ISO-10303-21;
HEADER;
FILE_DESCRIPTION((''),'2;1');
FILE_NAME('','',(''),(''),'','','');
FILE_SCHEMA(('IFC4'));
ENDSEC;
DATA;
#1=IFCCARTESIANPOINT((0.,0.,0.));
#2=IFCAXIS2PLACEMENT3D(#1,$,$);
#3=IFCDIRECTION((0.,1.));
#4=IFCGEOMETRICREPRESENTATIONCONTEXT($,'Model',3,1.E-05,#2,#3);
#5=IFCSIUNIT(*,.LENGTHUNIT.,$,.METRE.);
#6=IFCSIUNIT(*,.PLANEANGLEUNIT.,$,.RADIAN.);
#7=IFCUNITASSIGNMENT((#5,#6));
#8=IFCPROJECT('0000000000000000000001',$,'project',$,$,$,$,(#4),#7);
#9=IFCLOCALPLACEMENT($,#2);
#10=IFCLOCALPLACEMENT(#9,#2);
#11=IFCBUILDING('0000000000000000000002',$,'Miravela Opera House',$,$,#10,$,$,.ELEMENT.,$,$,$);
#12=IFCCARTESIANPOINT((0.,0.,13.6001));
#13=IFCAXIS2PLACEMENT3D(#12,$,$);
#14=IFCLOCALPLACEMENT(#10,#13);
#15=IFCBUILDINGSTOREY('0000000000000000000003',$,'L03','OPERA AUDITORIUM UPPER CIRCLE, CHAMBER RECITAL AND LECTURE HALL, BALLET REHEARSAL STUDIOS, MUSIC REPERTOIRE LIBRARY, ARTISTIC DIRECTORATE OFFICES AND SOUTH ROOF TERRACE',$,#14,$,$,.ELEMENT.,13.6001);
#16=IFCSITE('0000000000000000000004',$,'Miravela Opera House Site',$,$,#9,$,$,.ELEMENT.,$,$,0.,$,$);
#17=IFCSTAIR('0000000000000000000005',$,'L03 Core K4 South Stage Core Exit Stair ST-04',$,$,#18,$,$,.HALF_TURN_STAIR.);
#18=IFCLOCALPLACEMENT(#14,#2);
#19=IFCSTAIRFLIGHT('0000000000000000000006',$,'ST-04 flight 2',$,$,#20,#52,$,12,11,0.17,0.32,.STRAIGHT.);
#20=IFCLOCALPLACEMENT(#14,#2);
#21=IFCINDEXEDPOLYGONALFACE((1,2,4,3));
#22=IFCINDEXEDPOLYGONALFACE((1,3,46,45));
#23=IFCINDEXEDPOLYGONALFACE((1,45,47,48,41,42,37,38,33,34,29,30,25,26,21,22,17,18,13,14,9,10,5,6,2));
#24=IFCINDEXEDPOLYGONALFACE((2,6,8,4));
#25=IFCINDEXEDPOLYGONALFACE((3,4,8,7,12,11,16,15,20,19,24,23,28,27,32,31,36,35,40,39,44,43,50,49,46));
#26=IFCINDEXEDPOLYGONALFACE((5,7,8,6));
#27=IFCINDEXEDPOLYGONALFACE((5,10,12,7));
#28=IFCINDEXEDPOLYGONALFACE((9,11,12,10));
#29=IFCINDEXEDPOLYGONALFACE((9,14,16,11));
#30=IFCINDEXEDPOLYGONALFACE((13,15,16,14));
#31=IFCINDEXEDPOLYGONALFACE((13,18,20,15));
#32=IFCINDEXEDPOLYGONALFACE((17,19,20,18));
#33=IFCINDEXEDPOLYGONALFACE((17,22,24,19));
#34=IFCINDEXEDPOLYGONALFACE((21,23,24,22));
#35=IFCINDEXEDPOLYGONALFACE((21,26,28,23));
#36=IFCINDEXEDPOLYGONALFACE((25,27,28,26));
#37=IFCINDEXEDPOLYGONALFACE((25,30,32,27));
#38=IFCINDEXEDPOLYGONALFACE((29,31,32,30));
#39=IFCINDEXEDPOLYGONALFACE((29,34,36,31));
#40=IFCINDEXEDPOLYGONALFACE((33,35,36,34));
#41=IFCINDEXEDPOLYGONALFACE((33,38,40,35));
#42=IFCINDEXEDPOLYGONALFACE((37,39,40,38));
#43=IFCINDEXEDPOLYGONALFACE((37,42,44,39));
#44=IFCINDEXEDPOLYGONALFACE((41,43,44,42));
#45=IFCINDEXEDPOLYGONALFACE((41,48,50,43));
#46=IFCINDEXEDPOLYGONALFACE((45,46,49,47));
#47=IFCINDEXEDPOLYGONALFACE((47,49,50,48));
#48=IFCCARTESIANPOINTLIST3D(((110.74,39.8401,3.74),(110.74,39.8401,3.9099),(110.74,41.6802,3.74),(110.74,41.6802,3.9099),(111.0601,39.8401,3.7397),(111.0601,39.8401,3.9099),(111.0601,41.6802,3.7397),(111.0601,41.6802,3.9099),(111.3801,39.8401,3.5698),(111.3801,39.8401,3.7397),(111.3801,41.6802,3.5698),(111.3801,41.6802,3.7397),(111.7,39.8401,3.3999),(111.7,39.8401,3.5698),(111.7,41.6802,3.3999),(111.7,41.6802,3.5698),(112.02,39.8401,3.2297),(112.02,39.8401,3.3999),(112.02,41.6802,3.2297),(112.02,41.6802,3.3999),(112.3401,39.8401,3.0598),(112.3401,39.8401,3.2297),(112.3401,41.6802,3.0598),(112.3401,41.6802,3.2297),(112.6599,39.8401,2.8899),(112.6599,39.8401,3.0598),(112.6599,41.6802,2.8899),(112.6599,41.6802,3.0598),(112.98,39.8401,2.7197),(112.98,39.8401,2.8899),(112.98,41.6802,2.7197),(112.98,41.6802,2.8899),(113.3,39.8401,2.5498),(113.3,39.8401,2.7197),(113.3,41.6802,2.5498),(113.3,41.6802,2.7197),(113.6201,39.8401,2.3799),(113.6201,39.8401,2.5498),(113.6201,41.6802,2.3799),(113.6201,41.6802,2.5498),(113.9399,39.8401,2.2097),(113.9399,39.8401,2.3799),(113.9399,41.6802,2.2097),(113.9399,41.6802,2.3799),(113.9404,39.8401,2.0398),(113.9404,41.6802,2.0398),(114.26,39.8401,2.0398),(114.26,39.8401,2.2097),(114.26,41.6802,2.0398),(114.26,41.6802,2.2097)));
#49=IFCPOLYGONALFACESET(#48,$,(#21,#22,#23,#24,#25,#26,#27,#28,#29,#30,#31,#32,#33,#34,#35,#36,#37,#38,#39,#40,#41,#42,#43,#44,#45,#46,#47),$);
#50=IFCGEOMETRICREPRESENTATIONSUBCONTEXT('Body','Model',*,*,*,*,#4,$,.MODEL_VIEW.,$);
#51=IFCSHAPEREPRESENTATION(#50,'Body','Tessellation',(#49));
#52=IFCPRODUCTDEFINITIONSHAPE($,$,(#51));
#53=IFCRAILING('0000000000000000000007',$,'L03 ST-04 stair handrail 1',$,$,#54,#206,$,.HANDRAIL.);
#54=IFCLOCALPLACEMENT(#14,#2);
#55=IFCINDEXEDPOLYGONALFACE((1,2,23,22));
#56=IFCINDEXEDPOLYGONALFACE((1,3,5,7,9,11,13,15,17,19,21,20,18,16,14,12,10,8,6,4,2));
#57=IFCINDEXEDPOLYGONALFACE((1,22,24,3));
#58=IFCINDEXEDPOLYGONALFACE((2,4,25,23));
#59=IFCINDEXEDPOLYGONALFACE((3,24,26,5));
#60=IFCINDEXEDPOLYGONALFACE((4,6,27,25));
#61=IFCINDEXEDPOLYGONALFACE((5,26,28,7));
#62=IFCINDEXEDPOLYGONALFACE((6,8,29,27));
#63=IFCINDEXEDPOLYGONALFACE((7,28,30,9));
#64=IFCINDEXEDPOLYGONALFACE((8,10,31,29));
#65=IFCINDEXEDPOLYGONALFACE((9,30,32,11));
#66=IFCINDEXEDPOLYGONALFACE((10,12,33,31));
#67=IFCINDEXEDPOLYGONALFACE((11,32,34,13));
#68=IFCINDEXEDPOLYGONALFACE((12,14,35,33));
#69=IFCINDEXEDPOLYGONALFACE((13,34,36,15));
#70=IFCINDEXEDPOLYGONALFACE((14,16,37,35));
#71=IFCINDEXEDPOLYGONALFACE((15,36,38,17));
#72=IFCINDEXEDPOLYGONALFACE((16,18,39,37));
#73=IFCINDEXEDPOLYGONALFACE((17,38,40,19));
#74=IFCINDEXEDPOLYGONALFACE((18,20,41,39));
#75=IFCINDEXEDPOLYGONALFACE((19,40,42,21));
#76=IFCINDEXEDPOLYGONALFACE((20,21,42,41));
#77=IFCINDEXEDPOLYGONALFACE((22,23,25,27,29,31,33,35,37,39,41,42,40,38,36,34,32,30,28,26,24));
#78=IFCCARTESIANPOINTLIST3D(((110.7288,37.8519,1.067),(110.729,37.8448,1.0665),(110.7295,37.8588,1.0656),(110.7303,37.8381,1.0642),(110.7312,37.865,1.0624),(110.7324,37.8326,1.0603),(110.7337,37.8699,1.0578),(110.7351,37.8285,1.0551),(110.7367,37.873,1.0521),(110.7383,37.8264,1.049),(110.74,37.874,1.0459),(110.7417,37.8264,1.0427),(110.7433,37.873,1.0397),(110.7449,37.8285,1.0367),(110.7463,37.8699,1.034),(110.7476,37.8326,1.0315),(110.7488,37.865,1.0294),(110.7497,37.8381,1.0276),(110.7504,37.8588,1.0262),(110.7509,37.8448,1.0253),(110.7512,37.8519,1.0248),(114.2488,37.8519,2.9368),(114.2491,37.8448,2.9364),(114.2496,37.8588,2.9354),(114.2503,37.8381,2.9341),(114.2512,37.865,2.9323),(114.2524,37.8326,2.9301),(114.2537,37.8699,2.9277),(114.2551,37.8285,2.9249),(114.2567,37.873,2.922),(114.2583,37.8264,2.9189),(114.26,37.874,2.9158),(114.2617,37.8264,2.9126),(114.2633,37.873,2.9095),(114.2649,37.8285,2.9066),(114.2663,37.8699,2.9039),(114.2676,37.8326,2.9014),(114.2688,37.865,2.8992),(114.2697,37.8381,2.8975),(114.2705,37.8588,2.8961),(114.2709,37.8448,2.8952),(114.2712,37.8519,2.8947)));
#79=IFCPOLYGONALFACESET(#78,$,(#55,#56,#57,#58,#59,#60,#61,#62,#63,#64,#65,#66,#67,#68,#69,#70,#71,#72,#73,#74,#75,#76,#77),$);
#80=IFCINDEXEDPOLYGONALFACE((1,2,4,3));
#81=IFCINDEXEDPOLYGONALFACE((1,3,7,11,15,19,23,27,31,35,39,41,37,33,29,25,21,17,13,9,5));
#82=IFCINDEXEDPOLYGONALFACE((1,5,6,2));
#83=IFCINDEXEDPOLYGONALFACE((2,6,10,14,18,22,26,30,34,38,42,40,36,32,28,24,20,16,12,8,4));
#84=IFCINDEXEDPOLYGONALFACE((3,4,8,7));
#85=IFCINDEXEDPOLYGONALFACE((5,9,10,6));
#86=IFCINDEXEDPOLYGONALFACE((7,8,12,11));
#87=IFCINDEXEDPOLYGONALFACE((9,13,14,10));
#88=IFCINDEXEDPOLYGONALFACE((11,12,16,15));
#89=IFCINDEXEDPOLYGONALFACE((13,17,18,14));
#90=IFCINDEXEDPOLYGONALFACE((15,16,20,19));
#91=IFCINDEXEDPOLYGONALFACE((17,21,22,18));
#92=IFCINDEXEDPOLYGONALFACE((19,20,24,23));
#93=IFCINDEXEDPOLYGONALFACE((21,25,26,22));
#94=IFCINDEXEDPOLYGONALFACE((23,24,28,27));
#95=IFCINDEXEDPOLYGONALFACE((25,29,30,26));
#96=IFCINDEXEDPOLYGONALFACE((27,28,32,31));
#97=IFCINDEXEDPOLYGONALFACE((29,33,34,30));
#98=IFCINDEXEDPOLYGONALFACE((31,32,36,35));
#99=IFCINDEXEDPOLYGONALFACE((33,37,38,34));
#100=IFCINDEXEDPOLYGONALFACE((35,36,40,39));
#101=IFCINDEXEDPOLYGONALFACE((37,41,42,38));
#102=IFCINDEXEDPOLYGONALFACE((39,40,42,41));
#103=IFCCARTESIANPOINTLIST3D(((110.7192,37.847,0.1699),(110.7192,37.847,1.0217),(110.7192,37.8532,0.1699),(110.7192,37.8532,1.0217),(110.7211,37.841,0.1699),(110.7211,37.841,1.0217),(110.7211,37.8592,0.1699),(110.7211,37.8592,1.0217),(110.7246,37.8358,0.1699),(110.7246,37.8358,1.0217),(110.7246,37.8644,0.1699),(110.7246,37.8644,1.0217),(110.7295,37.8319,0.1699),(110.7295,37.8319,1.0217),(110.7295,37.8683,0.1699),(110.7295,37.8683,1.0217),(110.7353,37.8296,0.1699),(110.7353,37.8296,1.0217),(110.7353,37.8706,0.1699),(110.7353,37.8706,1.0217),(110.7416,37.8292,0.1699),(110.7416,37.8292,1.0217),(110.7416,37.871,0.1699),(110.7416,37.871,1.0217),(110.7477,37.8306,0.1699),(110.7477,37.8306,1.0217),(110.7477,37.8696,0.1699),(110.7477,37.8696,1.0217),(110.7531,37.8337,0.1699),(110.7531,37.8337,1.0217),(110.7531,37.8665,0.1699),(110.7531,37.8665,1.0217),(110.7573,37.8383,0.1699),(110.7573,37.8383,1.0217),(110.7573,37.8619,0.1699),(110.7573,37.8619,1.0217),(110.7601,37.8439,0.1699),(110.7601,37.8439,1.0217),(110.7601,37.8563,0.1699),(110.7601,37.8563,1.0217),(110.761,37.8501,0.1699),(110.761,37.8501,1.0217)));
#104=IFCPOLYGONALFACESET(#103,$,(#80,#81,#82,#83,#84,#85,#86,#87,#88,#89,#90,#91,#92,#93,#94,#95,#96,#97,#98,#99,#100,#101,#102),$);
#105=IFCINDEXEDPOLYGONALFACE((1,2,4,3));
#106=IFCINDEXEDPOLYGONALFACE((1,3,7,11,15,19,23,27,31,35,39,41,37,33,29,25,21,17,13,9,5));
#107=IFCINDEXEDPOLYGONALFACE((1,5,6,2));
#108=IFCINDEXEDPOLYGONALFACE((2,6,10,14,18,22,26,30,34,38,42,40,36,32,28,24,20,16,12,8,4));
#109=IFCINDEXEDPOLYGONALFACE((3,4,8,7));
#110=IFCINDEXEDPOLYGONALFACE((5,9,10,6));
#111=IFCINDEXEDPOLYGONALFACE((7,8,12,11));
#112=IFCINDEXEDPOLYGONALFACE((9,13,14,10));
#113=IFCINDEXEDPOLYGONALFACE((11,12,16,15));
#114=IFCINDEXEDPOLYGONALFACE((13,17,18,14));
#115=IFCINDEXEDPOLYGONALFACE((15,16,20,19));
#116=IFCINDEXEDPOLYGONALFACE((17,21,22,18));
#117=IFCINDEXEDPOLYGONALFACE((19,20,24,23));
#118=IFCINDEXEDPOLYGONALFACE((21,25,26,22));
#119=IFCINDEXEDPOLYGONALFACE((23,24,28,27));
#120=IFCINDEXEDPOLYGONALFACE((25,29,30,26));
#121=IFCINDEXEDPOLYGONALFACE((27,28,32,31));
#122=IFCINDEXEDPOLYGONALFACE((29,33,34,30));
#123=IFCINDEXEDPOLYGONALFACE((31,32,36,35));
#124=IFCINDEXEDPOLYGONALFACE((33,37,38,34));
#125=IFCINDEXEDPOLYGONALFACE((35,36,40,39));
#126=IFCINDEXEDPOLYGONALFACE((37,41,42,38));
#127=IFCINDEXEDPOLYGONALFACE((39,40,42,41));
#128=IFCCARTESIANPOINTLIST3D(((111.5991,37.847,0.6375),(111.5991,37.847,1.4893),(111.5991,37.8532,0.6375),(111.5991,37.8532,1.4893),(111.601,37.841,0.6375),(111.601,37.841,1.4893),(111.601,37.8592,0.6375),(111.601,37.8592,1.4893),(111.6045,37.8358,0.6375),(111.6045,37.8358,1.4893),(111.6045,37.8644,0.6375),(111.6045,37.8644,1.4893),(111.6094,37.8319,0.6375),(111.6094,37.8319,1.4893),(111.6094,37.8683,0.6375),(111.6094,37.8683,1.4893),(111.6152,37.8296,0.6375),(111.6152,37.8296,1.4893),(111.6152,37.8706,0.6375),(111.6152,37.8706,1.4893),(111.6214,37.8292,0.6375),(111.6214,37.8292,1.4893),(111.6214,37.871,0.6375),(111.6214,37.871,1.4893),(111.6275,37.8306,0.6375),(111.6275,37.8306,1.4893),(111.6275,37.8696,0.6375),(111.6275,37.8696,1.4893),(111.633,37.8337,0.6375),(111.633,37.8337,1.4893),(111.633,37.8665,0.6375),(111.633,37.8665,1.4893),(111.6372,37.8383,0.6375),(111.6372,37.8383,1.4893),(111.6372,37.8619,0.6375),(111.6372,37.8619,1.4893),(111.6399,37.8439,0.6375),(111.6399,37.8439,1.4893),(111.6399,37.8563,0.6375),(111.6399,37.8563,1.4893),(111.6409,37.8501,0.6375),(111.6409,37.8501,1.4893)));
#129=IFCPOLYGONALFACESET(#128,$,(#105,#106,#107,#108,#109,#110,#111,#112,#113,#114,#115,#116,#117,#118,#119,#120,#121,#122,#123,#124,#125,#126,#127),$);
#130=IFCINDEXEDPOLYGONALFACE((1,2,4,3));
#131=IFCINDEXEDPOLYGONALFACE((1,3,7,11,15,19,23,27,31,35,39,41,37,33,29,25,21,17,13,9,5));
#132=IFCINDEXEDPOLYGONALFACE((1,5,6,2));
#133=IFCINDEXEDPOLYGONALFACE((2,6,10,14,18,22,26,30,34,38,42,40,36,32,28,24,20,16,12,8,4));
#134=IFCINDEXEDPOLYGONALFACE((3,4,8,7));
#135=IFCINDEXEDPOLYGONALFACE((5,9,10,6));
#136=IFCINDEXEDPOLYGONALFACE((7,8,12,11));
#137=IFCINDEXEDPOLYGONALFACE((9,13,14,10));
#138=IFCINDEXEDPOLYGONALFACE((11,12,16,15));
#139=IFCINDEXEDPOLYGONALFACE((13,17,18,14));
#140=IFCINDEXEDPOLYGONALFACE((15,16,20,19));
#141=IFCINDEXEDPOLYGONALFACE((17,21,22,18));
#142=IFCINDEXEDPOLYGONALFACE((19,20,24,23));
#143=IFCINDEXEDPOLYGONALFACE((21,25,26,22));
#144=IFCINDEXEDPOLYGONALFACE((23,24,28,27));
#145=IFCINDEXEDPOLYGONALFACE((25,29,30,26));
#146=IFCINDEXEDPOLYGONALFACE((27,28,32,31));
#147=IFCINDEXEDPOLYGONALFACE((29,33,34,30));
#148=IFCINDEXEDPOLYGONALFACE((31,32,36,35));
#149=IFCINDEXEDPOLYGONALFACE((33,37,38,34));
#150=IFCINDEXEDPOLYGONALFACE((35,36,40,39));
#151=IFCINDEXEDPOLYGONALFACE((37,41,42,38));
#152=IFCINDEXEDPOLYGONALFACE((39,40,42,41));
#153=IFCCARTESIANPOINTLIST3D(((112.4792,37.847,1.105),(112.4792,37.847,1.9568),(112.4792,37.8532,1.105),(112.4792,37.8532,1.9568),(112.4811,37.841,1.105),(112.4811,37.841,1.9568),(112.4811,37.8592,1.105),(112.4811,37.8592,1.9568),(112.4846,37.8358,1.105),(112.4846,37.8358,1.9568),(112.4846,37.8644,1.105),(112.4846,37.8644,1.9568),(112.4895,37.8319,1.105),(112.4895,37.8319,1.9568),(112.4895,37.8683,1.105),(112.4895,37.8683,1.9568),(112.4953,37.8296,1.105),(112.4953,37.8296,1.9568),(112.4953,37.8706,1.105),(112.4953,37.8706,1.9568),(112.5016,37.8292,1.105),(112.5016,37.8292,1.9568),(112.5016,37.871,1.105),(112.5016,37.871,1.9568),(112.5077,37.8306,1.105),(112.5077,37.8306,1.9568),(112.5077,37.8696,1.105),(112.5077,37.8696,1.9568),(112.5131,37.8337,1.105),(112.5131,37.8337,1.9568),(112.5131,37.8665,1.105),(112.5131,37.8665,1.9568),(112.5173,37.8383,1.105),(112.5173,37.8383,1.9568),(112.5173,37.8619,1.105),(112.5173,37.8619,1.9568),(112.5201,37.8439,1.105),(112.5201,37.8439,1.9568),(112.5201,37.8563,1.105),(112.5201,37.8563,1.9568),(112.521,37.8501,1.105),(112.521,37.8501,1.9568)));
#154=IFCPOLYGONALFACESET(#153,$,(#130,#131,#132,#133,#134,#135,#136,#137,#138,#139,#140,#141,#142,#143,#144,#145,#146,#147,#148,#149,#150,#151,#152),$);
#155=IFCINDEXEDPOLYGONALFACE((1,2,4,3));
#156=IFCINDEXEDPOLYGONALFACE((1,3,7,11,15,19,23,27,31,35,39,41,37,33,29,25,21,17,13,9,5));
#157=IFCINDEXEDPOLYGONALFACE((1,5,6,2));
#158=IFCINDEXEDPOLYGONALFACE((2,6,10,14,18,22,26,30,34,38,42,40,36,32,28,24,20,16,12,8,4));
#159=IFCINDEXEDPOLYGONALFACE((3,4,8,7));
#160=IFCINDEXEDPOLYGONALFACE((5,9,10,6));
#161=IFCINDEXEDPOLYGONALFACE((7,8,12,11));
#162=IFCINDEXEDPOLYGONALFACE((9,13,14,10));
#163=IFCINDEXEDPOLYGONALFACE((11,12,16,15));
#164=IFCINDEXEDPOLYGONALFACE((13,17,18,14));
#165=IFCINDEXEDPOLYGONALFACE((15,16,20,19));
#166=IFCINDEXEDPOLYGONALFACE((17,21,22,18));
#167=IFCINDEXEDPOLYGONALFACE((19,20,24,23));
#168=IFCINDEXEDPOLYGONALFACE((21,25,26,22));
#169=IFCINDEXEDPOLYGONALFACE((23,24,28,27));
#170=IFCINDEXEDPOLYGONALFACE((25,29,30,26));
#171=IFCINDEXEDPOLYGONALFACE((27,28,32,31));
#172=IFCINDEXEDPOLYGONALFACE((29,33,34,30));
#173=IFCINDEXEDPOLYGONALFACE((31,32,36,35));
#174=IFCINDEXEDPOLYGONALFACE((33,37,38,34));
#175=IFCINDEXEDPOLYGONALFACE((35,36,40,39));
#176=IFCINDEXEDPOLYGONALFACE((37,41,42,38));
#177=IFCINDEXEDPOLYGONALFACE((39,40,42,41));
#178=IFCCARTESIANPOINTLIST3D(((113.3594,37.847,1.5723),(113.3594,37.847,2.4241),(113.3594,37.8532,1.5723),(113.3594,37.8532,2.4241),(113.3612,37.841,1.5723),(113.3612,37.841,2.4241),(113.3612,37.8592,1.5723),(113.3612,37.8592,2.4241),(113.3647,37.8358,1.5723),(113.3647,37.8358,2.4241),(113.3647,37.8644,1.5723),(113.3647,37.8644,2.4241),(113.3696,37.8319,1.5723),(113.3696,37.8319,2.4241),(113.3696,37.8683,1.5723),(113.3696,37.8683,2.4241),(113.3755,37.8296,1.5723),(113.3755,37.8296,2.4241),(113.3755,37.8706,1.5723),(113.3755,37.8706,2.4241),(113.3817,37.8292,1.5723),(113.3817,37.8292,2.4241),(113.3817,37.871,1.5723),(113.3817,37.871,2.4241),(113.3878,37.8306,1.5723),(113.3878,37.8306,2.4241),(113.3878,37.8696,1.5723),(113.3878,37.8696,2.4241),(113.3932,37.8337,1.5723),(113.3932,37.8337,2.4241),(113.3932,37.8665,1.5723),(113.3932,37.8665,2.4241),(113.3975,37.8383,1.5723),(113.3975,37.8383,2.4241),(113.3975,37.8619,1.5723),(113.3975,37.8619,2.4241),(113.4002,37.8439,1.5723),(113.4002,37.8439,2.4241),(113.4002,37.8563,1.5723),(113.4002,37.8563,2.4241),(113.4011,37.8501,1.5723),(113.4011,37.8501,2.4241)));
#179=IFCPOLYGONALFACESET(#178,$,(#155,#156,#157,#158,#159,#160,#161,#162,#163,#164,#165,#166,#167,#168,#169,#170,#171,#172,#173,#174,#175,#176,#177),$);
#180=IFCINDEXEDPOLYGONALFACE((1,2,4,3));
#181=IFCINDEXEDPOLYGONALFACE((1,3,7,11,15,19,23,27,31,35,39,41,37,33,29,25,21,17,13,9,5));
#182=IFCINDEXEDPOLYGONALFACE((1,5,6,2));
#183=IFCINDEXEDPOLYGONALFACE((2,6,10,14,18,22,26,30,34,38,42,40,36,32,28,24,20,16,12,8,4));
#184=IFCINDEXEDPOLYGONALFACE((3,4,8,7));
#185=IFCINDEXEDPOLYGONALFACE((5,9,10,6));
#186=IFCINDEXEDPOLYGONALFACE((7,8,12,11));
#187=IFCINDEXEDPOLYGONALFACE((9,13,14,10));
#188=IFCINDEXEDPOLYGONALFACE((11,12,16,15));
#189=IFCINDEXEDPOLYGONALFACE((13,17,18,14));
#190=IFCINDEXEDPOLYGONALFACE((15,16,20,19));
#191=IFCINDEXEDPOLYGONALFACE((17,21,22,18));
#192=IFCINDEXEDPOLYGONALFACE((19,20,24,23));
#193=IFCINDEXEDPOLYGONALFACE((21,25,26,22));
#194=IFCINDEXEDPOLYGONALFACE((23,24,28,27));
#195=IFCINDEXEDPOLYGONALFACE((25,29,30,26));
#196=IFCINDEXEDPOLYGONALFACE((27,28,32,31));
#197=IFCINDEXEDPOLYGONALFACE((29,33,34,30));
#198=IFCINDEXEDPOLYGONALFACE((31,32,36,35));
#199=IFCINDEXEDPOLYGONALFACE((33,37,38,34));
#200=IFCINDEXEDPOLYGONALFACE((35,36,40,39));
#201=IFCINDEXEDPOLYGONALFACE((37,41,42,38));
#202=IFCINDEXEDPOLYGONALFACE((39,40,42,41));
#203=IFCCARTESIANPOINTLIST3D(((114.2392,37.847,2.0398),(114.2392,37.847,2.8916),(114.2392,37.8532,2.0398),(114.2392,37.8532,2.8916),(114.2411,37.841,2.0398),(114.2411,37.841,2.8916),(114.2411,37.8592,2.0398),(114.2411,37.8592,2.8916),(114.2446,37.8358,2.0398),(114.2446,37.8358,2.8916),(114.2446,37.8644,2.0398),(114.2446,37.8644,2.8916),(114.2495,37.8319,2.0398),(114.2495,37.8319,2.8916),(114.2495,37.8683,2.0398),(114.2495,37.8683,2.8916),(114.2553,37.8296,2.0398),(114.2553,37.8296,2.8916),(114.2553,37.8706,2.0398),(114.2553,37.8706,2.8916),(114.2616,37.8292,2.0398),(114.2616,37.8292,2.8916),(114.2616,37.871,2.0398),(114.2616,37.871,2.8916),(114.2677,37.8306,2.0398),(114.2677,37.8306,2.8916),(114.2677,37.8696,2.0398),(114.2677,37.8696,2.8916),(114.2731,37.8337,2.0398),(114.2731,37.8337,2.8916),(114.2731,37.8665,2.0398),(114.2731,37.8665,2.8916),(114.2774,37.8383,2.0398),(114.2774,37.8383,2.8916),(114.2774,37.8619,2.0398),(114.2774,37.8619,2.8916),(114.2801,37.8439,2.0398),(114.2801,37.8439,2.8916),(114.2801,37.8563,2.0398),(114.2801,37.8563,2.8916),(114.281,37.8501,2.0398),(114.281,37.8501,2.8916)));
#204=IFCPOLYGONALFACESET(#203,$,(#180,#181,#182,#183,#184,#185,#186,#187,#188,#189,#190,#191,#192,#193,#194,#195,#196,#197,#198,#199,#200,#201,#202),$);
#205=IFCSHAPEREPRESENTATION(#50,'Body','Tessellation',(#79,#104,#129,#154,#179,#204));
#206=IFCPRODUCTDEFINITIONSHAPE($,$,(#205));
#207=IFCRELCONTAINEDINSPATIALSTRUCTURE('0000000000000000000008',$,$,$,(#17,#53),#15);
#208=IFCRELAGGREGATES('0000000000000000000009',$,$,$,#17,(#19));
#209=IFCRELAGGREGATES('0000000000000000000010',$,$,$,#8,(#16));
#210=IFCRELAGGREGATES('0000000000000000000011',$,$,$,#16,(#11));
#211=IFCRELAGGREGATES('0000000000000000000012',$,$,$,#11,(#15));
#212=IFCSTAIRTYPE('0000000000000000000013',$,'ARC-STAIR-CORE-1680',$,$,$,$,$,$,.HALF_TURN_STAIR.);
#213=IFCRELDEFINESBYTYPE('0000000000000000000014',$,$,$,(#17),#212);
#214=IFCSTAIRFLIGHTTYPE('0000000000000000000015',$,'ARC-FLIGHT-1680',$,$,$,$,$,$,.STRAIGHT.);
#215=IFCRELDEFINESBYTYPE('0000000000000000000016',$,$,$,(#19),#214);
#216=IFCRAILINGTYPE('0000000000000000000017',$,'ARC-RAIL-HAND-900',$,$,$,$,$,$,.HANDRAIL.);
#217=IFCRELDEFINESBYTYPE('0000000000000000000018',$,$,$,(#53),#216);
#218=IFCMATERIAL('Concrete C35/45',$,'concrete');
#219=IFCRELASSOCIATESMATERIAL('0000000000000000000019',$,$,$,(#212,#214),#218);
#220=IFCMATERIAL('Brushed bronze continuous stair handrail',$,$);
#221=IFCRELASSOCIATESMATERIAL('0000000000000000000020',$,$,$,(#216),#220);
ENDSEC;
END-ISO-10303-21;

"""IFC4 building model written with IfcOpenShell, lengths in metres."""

from ifc_helpers import new_model, si_unit, direction, frame, origin, origin_2d, place, context, subcontext, project, spatial, polyline, circle, outline, extrude, material, type_object, element, aggregate, save


model = new_model("IFC4")

# Units and contexts
model_context = context("Model", 3, precision=1e-05, world=origin(), true_north=direction((0.0, 1.0)))
body_context = subcontext(model_context, "Body", "Model", "MODEL_VIEW")
ifc_project = project(units=[si_unit("LENGTHUNIT", "METRE"), si_unit("PLANEANGLEUNIT", "RADIAN")], contexts=[model_context])

# Site, building, storey
site_placement = place(None, origin())
site = spatial("IfcSite", under=ifc_project, at=site_placement, Name="Miravela Opera House Site", CompositionType="ELEMENT", RefElevation=0.0)
building_placement = place(site_placement, origin())
building = spatial("IfcBuilding", under=site, at=building_placement, Name="Miravela Opera House", CompositionType="ELEMENT")
storey_placement = place(building_placement, frame((0.0, 0.0, 13.6001)))
storey = spatial("IfcBuildingStorey", under=building, at=storey_placement, Name="L03", Description="OPERA AUDITORIUM UPPER CIRCLE, CHAMBER RECITAL AND LECTURE HALL, BALLET REHEARSAL STUDIOS, MUSIC REPERTOIRE LIBRARY, ARTISTIC DIRECTORATE OFFICES AND SOUTH ROOF TERRACE", CompositionType="ELEMENT", Elevation=13.6001)

# Shared definitions
ifc_material_1 = material(Name="Concrete C35/45", Category="concrete")

# Stair, stair flight
stair_type = type_object("IfcStairType", Name="ARC-STAIR-CORE-1680", PredefinedType="HALF_TURN_STAIR", material=ifc_material_1)
stair_placement = place(storey_placement, origin())
stair = element("IfcStair", 1, at=stair_placement, inside=storey, type_object=stair_type, Name="L03 Core K4 South Stage Core Exit Stair ST-04", PredefinedType="HALF_TURN_STAIR")
stair_flight_type = type_object("IfcStairFlightType", Name="ARC-FLIGHT-1680", PredefinedType="STRAIGHT", material=ifc_material_1)
stair_flight_1_placement = place(storey_placement, frame((114.26, 40.76, 2.0398), z_axis=(0.0, 0.0, 1.0), x_axis=(-1.0, 0.0, 0.0)))
stair_flight_1 = element("IfcStairFlight", 2, at=stair_flight_1_placement, type_object=stair_flight_type, Name="ST-04 flight 2", NumberOfRisers=12, NumberOfTreads=11, PredefinedType="STRAIGHT", RiserHeight=0.17, TreadLength=0.32, context=body_context, shape_type="SweptSolid", body=[
    extrude(outline(polyline([(0.0, 0.0), (0.0, 0.1699), (0.3201, 0.1699), (0.3201, 0.3401), (0.6399, 0.3401), (0.6399, 0.51), (0.96, 0.51), (0.96, 0.6799), (1.28, 0.6799), (1.28, 0.8501), (1.6001, 0.8501), (1.6001, 1.02), (1.9199, 1.02), (1.9199, 1.1899), (2.24, 1.1899), (2.24, 1.3601), (2.5601, 1.3601), (2.5601, 1.53), (2.8799, 1.53), (2.8799, 1.7), (3.2, 1.7), (3.2, 1.8701), (3.52, 1.8701), (3.52, 2.04), (3.52, 1.7002), (0.3196, 0.0), (0.0, 0.0)])), frame((0.0, 0.9199, 0.0), z_axis=(0.0, -1.0, 0.0), x_axis=(1.0, 0.0, 0.0)), (0.0, 0.0, 1.0), 1.8401),
])
aggregate(stair, [stair_flight_1])

# Railing
ifc_material_2 = material(Name="Brushed bronze continuous stair handrail")
railing_type_1 = type_object("IfcRailingType", Name="ARC-RAIL-HAND-900", PredefinedType="HANDRAIL", material=ifc_material_2)
railing_1_placement = place(storey_placement, frame((110.74, 37.8501, 0.1699)))
element("IfcRailing", 3, at=railing_1_placement, inside=storey, type_object=railing_type_1, Name="L03 ST-04 stair handrail 1", PredefinedType="HANDRAIL", context=body_context, shape_type="SweptSolid", body=[
    extrude(circle(Radius=0.0239, at=origin_2d()), frame((0.0, 0.0, 0.876), z_axis=(0.88313, 0.0, 0.469128), x_axis=(0.0, 1.0, 0.0)), (0.0, 0.0, 1.0), 3.9858),
    extrude(circle(Radius=0.021, at=origin_2d()), origin(), (0.0, 0.0, 1.0), 0.8518),
    extrude(circle(Radius=0.021, at=origin_2d()), frame((0.8799, 0.0, 0.4675)), (0.0, 0.0, 1.0), 0.8518),
    extrude(circle(Radius=0.021, at=origin_2d()), frame((1.76, 0.0, 0.9351)), (0.0, 0.0, 1.0), 0.8518),
    extrude(circle(Radius=0.021, at=origin_2d()), frame((2.6401, 0.0, 1.4023)), (0.0, 0.0, 1.0), 0.8518),
    extrude(circle(Radius=0.021, at=origin_2d()), frame((3.52, 0.0, 1.8699)), (0.0, 0.0, 1.0), 0.8518),
])

save(model, "model.ifc")
